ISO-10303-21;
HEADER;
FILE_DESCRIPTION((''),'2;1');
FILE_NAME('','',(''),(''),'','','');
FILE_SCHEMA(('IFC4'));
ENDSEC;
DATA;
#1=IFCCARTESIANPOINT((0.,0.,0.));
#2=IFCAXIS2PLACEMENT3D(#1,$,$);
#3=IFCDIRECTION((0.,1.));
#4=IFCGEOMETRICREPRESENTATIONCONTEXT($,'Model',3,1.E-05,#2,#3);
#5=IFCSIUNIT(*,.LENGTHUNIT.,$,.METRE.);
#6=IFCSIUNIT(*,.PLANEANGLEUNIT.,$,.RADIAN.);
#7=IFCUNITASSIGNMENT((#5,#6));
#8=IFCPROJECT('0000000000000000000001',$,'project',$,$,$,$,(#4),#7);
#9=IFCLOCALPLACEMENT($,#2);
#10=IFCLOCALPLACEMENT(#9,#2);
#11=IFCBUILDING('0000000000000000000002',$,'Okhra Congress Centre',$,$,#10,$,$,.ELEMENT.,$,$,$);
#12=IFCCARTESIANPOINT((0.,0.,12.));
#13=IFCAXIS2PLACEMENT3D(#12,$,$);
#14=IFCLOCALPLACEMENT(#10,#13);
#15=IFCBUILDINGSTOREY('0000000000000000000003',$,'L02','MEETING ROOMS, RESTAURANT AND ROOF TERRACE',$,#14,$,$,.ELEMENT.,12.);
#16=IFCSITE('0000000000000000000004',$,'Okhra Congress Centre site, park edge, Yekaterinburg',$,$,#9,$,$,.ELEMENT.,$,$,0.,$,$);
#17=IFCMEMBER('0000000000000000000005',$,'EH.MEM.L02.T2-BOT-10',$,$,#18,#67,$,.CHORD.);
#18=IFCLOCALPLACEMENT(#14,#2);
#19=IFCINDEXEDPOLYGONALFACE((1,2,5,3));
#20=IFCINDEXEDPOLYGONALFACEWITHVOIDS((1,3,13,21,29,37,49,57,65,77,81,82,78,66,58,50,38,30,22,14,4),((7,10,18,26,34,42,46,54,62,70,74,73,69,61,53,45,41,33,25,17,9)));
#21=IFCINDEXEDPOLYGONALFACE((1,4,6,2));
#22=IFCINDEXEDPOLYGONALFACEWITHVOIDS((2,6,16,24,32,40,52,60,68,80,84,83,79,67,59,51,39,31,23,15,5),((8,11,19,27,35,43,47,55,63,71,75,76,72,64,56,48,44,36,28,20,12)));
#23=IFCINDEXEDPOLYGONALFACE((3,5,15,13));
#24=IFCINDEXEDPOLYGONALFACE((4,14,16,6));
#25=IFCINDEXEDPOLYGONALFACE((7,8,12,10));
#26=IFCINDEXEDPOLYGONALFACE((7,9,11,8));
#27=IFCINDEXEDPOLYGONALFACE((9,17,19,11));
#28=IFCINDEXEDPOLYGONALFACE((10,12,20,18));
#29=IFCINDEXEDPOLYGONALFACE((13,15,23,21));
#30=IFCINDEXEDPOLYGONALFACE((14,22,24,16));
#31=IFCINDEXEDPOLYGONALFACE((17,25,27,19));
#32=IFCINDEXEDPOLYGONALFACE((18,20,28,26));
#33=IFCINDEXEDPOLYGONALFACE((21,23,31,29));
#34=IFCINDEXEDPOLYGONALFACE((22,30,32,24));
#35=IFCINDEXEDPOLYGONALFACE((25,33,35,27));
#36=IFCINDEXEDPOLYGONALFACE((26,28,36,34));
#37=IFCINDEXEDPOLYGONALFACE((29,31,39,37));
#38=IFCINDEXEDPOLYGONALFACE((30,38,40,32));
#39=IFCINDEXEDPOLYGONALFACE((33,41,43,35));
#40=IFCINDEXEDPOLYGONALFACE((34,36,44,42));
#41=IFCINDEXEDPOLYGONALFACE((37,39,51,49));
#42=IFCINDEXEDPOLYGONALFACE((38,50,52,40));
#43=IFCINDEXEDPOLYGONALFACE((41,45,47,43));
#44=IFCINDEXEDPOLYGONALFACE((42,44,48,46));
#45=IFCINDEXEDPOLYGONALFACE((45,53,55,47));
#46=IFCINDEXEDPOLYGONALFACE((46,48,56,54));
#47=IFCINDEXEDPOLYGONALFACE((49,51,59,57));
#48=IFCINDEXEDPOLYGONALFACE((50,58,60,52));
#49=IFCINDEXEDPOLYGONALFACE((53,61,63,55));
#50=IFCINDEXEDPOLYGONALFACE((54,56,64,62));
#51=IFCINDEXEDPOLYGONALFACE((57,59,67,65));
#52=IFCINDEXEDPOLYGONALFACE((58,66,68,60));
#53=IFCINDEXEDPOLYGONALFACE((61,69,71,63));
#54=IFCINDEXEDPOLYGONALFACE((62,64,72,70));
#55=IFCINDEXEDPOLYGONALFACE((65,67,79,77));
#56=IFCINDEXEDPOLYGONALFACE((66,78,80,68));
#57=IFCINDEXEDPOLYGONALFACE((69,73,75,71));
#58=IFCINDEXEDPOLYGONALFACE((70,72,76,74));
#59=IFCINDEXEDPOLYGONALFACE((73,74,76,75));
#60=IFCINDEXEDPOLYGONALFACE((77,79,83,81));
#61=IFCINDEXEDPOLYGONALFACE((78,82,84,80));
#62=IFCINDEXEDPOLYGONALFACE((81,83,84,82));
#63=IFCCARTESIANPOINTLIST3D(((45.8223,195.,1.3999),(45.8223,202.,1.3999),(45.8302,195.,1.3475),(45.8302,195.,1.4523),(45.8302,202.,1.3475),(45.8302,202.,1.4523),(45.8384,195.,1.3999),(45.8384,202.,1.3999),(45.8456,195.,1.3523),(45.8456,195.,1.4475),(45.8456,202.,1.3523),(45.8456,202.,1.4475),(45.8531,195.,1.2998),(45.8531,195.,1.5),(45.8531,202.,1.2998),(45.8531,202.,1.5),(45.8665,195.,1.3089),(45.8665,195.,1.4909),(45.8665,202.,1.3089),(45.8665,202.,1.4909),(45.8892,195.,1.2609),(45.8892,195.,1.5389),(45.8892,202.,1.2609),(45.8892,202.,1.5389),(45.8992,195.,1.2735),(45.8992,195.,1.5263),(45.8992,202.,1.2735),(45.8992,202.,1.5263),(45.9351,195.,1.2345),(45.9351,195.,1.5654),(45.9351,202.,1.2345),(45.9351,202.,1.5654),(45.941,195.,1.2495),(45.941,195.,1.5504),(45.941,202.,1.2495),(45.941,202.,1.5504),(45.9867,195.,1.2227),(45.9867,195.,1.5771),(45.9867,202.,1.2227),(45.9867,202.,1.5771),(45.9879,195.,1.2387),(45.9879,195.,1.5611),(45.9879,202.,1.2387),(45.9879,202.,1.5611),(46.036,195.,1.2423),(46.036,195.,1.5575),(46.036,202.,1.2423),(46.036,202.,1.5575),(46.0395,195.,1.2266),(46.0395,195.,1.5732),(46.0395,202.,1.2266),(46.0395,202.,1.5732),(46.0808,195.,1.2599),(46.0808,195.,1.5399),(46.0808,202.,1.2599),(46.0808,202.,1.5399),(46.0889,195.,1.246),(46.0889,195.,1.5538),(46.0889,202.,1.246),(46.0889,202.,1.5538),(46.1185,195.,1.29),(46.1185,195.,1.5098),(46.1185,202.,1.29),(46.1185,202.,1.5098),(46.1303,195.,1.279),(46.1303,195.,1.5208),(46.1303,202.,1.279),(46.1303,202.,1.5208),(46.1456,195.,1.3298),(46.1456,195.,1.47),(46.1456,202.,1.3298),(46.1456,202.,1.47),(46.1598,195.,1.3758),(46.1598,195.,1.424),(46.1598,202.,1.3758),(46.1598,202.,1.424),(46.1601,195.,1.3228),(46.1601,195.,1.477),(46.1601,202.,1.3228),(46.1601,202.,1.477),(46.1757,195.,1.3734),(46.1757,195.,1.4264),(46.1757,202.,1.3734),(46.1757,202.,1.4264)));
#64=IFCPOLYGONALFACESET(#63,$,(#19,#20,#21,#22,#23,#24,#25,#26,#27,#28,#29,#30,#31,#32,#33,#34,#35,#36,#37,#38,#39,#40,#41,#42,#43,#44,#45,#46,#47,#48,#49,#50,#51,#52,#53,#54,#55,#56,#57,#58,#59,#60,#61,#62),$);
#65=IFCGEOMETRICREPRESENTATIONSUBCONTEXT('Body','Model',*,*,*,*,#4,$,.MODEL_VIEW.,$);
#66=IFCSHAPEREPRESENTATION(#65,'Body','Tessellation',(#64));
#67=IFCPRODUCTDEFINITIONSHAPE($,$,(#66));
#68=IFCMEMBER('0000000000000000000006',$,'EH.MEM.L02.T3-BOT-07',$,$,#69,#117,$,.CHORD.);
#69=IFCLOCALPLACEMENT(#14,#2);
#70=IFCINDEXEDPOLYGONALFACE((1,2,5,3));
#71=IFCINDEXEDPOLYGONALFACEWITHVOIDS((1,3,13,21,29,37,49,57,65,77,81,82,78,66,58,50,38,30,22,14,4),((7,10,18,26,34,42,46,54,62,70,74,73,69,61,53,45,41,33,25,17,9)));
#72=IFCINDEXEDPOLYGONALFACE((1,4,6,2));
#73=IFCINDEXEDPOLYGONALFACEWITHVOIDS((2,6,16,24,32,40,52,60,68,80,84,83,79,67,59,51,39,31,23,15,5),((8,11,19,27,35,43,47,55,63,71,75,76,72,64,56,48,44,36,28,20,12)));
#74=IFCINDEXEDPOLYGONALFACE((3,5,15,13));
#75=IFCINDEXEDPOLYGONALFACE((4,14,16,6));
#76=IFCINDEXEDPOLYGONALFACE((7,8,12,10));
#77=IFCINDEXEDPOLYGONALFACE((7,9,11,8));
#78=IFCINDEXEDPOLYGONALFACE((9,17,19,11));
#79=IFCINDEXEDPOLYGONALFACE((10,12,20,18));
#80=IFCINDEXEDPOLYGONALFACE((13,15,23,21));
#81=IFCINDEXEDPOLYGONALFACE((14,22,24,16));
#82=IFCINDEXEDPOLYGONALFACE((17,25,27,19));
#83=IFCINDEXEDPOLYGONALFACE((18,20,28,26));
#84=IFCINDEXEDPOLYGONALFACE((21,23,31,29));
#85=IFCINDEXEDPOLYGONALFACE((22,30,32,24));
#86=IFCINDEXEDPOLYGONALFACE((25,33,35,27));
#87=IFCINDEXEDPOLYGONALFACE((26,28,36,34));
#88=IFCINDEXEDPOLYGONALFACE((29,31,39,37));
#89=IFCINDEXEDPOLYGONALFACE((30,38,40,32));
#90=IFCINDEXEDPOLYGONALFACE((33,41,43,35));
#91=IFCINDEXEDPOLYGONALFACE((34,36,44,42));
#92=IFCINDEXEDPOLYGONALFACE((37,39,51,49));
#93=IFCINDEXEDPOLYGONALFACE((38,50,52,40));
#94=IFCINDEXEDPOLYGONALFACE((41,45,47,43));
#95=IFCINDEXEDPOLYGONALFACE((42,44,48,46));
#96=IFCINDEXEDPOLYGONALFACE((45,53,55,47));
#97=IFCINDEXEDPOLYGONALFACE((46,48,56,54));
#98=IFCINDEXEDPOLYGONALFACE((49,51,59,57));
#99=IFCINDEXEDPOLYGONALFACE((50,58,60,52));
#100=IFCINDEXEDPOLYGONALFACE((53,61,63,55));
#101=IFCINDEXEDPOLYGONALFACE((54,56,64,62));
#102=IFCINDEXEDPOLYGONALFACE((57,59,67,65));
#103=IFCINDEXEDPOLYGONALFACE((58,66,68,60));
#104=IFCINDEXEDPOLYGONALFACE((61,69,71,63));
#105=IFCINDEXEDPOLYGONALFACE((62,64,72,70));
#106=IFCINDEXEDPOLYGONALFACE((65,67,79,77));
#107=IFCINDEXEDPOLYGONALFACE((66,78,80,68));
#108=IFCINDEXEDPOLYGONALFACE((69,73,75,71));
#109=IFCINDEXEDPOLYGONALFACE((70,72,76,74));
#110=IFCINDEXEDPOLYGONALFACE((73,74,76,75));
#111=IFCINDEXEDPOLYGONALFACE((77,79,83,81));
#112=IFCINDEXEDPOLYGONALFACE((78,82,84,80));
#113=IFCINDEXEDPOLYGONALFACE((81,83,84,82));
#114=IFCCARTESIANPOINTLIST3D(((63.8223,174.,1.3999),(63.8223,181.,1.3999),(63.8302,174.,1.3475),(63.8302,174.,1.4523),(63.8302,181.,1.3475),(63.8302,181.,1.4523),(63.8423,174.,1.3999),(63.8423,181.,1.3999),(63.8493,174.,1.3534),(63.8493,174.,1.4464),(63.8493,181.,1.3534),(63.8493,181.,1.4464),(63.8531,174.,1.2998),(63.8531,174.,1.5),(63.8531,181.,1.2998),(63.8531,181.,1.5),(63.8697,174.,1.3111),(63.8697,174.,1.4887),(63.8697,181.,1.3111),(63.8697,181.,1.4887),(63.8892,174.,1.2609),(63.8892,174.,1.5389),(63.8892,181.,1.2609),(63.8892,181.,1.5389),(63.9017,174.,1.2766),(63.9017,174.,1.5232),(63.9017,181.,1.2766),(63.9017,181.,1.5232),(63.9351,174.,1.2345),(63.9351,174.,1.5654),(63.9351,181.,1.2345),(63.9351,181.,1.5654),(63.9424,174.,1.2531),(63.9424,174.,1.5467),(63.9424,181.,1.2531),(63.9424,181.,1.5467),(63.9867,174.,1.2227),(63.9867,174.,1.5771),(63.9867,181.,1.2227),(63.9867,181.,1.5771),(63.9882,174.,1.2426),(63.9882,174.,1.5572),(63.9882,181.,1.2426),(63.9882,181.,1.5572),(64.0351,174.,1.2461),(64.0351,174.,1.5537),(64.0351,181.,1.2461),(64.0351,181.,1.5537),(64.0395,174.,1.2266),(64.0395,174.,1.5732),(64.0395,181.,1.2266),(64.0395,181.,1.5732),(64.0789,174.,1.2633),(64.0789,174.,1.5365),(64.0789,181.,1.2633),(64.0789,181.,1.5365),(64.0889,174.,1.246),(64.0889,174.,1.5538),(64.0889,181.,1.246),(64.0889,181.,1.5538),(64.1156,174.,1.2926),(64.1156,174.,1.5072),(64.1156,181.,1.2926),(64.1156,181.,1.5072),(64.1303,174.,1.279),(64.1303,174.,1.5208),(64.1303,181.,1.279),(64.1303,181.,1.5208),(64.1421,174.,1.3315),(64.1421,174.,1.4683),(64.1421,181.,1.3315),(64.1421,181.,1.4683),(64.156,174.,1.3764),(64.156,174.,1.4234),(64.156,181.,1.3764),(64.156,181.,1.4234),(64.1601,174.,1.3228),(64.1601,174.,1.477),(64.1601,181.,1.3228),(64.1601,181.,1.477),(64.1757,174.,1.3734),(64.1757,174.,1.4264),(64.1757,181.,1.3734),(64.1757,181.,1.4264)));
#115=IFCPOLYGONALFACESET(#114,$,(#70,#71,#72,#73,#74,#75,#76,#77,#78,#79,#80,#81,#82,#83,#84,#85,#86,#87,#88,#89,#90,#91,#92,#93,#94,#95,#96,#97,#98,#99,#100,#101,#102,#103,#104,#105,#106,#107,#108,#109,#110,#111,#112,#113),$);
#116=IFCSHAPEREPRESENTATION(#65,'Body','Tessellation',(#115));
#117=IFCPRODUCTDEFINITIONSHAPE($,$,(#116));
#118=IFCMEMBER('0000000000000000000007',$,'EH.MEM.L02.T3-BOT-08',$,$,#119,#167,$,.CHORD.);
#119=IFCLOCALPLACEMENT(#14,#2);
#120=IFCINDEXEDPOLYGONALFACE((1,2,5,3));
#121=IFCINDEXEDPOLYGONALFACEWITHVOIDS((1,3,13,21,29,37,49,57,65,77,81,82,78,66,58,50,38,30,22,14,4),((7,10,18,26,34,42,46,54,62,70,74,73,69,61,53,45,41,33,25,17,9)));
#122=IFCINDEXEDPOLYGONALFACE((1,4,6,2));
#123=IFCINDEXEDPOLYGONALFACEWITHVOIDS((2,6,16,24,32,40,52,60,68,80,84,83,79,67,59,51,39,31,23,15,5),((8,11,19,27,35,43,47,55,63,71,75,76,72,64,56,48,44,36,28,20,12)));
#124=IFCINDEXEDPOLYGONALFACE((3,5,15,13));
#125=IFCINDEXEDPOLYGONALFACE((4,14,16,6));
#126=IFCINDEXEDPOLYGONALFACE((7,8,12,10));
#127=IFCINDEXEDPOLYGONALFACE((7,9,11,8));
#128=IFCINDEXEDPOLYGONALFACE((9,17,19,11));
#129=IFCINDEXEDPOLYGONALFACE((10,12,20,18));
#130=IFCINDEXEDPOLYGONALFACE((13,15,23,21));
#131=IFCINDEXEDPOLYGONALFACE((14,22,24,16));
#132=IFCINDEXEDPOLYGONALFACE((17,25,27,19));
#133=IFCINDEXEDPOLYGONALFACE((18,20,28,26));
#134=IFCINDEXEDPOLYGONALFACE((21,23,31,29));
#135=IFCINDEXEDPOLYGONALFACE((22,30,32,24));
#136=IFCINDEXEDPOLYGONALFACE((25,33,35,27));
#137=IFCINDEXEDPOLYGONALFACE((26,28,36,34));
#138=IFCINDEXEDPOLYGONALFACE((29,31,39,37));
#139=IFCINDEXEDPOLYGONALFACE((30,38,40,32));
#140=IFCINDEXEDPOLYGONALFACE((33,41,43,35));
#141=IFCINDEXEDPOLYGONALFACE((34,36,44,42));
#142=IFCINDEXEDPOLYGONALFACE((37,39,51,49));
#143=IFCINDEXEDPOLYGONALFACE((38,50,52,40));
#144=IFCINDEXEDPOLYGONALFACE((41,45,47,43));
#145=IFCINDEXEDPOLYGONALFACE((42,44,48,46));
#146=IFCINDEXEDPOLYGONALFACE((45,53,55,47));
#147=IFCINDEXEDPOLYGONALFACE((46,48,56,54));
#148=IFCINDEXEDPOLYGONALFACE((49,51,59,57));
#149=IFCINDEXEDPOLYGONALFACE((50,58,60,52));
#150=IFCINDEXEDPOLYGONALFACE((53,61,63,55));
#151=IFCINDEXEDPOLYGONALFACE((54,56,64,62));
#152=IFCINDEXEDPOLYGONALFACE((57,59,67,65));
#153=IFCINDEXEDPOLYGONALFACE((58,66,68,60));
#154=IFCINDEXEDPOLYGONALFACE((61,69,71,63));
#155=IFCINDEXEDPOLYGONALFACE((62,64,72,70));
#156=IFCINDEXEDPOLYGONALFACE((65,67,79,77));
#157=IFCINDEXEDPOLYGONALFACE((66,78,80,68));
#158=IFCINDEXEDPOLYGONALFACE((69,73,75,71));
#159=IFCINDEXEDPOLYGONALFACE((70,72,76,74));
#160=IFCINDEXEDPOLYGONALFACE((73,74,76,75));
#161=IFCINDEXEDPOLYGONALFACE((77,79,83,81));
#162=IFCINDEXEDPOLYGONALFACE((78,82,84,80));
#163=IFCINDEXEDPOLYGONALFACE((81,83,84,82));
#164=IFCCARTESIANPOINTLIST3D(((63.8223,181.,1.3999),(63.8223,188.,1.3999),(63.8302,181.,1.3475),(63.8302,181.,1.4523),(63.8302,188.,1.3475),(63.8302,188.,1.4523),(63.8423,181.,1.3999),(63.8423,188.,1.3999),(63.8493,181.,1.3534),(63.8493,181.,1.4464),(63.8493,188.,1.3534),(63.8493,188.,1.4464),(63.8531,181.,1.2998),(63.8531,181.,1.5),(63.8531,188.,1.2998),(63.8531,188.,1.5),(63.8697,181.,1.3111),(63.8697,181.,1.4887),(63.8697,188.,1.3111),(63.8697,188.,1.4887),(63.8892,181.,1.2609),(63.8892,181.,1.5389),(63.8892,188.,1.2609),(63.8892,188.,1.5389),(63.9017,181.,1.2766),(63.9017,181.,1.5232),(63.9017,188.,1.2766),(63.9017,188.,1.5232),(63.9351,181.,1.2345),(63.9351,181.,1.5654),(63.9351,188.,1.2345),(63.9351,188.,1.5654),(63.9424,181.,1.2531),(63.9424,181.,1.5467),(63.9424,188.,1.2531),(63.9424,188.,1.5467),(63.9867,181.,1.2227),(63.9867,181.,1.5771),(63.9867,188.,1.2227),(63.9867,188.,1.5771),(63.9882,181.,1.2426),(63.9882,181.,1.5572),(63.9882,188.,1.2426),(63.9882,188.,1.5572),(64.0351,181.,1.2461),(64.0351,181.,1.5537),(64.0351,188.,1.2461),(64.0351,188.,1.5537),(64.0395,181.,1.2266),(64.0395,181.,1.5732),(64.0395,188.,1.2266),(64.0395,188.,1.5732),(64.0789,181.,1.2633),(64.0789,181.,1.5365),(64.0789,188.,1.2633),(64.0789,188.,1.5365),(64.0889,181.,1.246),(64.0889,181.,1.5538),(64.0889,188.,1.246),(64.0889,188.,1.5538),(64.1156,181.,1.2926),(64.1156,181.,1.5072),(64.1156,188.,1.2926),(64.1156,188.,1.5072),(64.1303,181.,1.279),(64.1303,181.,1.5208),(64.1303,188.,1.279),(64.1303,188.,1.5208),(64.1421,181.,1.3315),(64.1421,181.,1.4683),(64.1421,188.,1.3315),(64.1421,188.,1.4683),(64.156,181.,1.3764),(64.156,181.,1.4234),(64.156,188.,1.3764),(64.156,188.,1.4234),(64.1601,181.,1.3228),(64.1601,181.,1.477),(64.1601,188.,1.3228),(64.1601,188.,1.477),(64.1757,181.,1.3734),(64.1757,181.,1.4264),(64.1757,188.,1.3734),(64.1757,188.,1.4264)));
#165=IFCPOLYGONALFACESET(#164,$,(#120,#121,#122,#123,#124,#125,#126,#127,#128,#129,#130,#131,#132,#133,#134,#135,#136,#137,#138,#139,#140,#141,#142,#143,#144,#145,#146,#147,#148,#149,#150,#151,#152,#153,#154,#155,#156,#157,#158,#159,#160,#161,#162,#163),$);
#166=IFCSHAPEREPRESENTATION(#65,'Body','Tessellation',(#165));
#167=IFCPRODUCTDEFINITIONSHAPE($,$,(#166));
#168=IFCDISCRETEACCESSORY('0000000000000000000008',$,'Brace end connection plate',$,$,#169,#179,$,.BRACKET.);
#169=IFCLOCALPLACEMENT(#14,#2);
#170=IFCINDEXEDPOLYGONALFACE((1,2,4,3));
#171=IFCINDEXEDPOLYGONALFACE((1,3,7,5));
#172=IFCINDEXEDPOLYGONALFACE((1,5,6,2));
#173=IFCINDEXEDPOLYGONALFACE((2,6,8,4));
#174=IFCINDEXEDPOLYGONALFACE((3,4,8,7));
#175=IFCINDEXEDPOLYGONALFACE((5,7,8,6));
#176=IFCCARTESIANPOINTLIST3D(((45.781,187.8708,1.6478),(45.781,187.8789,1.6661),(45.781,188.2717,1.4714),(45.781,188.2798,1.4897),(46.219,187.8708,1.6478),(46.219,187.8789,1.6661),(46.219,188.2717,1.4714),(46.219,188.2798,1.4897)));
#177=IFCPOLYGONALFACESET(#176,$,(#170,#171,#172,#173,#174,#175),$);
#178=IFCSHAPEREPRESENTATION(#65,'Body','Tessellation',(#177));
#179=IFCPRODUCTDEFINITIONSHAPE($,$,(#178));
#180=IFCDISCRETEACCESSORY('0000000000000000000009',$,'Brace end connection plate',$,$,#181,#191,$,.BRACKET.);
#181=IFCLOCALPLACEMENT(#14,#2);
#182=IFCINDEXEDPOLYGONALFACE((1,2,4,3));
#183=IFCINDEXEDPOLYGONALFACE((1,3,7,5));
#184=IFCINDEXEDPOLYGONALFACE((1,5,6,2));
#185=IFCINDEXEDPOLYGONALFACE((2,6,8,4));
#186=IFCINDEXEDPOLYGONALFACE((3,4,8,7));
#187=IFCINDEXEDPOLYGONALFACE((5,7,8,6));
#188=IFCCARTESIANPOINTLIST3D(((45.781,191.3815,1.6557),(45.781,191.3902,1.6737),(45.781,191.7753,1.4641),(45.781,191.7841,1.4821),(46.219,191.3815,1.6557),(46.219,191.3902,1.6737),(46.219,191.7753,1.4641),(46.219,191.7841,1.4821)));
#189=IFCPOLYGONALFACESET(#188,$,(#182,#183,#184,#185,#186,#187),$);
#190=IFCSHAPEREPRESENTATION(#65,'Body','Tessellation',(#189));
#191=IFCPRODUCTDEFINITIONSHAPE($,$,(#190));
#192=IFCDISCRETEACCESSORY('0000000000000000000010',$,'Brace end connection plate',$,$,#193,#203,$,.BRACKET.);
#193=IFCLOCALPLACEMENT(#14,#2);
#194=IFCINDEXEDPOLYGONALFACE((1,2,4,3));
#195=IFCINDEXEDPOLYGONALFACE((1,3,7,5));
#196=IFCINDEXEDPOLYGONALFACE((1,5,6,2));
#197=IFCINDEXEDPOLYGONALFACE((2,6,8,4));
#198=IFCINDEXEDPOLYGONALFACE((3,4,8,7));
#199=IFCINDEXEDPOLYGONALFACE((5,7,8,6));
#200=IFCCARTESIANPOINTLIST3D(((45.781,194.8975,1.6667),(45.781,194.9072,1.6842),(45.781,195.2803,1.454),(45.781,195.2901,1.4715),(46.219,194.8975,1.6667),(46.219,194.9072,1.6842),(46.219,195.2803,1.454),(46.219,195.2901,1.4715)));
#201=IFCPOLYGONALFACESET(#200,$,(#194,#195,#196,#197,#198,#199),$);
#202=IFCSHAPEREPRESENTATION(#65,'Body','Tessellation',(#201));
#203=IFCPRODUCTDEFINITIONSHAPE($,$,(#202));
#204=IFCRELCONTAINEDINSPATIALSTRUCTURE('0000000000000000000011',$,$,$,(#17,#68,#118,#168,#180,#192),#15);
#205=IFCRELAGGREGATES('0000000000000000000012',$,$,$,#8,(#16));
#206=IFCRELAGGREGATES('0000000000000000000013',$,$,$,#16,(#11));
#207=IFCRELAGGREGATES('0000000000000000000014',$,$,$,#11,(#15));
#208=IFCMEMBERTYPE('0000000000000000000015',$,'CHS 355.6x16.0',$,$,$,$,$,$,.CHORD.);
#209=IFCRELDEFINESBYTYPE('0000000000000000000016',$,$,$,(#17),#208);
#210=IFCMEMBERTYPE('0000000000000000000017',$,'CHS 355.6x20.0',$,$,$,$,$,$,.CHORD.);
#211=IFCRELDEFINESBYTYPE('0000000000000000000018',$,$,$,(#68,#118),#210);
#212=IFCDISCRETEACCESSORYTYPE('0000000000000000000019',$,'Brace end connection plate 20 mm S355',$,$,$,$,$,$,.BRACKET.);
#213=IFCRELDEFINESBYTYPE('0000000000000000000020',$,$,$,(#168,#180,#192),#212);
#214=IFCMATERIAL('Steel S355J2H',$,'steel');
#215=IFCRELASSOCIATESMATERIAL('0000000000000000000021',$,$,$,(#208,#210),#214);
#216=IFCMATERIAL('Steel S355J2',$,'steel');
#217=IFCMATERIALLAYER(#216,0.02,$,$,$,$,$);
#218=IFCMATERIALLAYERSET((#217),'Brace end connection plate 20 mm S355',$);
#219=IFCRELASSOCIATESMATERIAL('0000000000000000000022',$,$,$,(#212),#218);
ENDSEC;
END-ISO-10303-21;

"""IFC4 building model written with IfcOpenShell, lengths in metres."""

from ifc_helpers import new_model, si_unit, direction, frame, origin, origin_2d, place, context, subcontext, project, spatial, rectangle, hollow_circle, extrude, material, layer, layer_set, material_profile, profile_set, type_object, element, save


model = new_model("IFC4")

# Units and contexts
model_context = context("Model", 3, precision=1e-05, world=origin(), true_north=direction((0.0, 1.0)))
body_context = subcontext(model_context, "Body", "Model", "MODEL_VIEW")
ifc_project = project(units=[si_unit("LENGTHUNIT", "METRE"), si_unit("PLANEANGLEUNIT", "RADIAN")], contexts=[model_context])

# Site, building, storey
site_placement = place(None, origin())
site = spatial("IfcSite", under=ifc_project, at=site_placement, Name="Okhra Congress Centre site, park edge, Yekaterinburg", CompositionType="ELEMENT", RefElevation=0.0)
building_placement = place(site_placement, origin())
building = spatial("IfcBuilding", under=site, at=building_placement, Name="Okhra Congress Centre", CompositionType="ELEMENT")
storey_placement = place(building_placement, frame((0.0, 0.0, 12.0)))
storey = spatial("IfcBuildingStorey", under=building, at=storey_placement, Name="L02", Description="MEETING ROOMS, RESTAURANT AND ROOF TERRACE", CompositionType="ELEMENT", Elevation=12.0)

# Members
ifc_material_1 = material(Name="Steel S355J2H", Category="steel")
ifc_material_profile_1 = material_profile(ifc_material_1, hollow_circle(Radius=0.1777, WallThickness=0.0161, at=origin_2d()), Name="CHS 355.6x16.0")
ifc_profile_set_1 = profile_set([ifc_material_profile_1], Name="Steel S355J2H")
member_type_1 = type_object("IfcMemberType", Name="CHS 355.6x16.0", PredefinedType="CHORD", material=ifc_profile_set_1)
member_1_placement = place(storey_placement, frame((46.0, 195.0, 1.3999), z_axis=(0.0, 1.0, 0.0), x_axis=(-1.0, 0.0, 0.0)))
element("IfcMember", 1, at=member_1_placement, inside=storey, type_object=member_type_1, Name="EH.MEM.L02.T2-BOT-10", PredefinedType="CHORD", context=body_context, shape_type="SweptSolid", body=[
    extrude(hollow_circle(Radius=0.1777, WallThickness=0.0161, at=origin_2d()), origin(), (0.0, 0.0, 1.0), 7.0),
])
ifc_material_profile_2 = material_profile(ifc_material_1, hollow_circle(Radius=0.1777, WallThickness=0.02, at=origin_2d()), Name="CHS 355.6x20.0")
ifc_profile_set_2 = profile_set([ifc_material_profile_2], Name="Steel S355J2H")
member_type_2 = type_object("IfcMemberType", Name="CHS 355.6x20.0", PredefinedType="CHORD", material=ifc_profile_set_2)
for number, where, z_axis, x_axis, name in (
    (2, (64.0, 174.0, 1.3999), (0.0, 1.0, 0.0), (-1.0, 0.0, 0.0), "EH.MEM.L02.T3-BOT-07"),
    (3, (64.0, 181.0, 1.3999), (0.0, 1.0, 0.0), (-1.0, 0.0, 0.0), "EH.MEM.L02.T3-BOT-08"),
):
    element("IfcMember", number, at=place(storey_placement, frame(where, z_axis=z_axis, x_axis=x_axis)), inside=storey, type_object=member_type_2, Name=name, PredefinedType="CHORD", context=body_context, shape_type="SweptSolid", body=[
        extrude(hollow_circle(Radius=0.1777, WallThickness=0.02, at=origin_2d()), origin(), (0.0, 0.0, 1.0), 7.0),
    ])

# Discrete accessories
ifc_material_2 = material(Name="Steel S355J2", Category="steel")
ifc_layer = layer(ifc_material_2, 0.02)
ifc_layer_set = layer_set([ifc_layer], Name="Brace end connection plate 20 mm S355")
discrete_accessory_type = type_object("IfcDiscreteAccessoryType", Name="Brace end connection plate 20 mm S355", PredefinedType="BRACKET", material=ifc_layer_set)
for number, where, z_axis, x_axis, name in (
    (4, (46.0, 188.0793, 1.5779), (0.0, -0.402739, -0.915315), (1.0, 0.0, 0.0), "Brace end connection plate"),
    (5, (46.0, 191.5872, 1.5779), (0.0, -0.437466, -0.899235), (1.0, 0.0, 0.0), "Brace end connection plate"),
    (6, (46.0, 195.0986, 1.5779), (0.0, -0.485643, -0.874157), (1.0, 0.0, 0.0), "Brace end connection plate"),
):
    element("IfcDiscreteAccessory", number, at=place(storey_placement, frame(where, z_axis=z_axis, x_axis=x_axis)), inside=storey, type_object=discrete_accessory_type, Name=name, PredefinedType="BRACKET", context=body_context, shape_type="SweptSolid", body=[
        extrude(rectangle(XDim=0.438, YDim=0.438, at=origin_2d()), origin(), (0.0, 0.0, 1.0), 0.02),
    ])

save(model, "model.ifc")
